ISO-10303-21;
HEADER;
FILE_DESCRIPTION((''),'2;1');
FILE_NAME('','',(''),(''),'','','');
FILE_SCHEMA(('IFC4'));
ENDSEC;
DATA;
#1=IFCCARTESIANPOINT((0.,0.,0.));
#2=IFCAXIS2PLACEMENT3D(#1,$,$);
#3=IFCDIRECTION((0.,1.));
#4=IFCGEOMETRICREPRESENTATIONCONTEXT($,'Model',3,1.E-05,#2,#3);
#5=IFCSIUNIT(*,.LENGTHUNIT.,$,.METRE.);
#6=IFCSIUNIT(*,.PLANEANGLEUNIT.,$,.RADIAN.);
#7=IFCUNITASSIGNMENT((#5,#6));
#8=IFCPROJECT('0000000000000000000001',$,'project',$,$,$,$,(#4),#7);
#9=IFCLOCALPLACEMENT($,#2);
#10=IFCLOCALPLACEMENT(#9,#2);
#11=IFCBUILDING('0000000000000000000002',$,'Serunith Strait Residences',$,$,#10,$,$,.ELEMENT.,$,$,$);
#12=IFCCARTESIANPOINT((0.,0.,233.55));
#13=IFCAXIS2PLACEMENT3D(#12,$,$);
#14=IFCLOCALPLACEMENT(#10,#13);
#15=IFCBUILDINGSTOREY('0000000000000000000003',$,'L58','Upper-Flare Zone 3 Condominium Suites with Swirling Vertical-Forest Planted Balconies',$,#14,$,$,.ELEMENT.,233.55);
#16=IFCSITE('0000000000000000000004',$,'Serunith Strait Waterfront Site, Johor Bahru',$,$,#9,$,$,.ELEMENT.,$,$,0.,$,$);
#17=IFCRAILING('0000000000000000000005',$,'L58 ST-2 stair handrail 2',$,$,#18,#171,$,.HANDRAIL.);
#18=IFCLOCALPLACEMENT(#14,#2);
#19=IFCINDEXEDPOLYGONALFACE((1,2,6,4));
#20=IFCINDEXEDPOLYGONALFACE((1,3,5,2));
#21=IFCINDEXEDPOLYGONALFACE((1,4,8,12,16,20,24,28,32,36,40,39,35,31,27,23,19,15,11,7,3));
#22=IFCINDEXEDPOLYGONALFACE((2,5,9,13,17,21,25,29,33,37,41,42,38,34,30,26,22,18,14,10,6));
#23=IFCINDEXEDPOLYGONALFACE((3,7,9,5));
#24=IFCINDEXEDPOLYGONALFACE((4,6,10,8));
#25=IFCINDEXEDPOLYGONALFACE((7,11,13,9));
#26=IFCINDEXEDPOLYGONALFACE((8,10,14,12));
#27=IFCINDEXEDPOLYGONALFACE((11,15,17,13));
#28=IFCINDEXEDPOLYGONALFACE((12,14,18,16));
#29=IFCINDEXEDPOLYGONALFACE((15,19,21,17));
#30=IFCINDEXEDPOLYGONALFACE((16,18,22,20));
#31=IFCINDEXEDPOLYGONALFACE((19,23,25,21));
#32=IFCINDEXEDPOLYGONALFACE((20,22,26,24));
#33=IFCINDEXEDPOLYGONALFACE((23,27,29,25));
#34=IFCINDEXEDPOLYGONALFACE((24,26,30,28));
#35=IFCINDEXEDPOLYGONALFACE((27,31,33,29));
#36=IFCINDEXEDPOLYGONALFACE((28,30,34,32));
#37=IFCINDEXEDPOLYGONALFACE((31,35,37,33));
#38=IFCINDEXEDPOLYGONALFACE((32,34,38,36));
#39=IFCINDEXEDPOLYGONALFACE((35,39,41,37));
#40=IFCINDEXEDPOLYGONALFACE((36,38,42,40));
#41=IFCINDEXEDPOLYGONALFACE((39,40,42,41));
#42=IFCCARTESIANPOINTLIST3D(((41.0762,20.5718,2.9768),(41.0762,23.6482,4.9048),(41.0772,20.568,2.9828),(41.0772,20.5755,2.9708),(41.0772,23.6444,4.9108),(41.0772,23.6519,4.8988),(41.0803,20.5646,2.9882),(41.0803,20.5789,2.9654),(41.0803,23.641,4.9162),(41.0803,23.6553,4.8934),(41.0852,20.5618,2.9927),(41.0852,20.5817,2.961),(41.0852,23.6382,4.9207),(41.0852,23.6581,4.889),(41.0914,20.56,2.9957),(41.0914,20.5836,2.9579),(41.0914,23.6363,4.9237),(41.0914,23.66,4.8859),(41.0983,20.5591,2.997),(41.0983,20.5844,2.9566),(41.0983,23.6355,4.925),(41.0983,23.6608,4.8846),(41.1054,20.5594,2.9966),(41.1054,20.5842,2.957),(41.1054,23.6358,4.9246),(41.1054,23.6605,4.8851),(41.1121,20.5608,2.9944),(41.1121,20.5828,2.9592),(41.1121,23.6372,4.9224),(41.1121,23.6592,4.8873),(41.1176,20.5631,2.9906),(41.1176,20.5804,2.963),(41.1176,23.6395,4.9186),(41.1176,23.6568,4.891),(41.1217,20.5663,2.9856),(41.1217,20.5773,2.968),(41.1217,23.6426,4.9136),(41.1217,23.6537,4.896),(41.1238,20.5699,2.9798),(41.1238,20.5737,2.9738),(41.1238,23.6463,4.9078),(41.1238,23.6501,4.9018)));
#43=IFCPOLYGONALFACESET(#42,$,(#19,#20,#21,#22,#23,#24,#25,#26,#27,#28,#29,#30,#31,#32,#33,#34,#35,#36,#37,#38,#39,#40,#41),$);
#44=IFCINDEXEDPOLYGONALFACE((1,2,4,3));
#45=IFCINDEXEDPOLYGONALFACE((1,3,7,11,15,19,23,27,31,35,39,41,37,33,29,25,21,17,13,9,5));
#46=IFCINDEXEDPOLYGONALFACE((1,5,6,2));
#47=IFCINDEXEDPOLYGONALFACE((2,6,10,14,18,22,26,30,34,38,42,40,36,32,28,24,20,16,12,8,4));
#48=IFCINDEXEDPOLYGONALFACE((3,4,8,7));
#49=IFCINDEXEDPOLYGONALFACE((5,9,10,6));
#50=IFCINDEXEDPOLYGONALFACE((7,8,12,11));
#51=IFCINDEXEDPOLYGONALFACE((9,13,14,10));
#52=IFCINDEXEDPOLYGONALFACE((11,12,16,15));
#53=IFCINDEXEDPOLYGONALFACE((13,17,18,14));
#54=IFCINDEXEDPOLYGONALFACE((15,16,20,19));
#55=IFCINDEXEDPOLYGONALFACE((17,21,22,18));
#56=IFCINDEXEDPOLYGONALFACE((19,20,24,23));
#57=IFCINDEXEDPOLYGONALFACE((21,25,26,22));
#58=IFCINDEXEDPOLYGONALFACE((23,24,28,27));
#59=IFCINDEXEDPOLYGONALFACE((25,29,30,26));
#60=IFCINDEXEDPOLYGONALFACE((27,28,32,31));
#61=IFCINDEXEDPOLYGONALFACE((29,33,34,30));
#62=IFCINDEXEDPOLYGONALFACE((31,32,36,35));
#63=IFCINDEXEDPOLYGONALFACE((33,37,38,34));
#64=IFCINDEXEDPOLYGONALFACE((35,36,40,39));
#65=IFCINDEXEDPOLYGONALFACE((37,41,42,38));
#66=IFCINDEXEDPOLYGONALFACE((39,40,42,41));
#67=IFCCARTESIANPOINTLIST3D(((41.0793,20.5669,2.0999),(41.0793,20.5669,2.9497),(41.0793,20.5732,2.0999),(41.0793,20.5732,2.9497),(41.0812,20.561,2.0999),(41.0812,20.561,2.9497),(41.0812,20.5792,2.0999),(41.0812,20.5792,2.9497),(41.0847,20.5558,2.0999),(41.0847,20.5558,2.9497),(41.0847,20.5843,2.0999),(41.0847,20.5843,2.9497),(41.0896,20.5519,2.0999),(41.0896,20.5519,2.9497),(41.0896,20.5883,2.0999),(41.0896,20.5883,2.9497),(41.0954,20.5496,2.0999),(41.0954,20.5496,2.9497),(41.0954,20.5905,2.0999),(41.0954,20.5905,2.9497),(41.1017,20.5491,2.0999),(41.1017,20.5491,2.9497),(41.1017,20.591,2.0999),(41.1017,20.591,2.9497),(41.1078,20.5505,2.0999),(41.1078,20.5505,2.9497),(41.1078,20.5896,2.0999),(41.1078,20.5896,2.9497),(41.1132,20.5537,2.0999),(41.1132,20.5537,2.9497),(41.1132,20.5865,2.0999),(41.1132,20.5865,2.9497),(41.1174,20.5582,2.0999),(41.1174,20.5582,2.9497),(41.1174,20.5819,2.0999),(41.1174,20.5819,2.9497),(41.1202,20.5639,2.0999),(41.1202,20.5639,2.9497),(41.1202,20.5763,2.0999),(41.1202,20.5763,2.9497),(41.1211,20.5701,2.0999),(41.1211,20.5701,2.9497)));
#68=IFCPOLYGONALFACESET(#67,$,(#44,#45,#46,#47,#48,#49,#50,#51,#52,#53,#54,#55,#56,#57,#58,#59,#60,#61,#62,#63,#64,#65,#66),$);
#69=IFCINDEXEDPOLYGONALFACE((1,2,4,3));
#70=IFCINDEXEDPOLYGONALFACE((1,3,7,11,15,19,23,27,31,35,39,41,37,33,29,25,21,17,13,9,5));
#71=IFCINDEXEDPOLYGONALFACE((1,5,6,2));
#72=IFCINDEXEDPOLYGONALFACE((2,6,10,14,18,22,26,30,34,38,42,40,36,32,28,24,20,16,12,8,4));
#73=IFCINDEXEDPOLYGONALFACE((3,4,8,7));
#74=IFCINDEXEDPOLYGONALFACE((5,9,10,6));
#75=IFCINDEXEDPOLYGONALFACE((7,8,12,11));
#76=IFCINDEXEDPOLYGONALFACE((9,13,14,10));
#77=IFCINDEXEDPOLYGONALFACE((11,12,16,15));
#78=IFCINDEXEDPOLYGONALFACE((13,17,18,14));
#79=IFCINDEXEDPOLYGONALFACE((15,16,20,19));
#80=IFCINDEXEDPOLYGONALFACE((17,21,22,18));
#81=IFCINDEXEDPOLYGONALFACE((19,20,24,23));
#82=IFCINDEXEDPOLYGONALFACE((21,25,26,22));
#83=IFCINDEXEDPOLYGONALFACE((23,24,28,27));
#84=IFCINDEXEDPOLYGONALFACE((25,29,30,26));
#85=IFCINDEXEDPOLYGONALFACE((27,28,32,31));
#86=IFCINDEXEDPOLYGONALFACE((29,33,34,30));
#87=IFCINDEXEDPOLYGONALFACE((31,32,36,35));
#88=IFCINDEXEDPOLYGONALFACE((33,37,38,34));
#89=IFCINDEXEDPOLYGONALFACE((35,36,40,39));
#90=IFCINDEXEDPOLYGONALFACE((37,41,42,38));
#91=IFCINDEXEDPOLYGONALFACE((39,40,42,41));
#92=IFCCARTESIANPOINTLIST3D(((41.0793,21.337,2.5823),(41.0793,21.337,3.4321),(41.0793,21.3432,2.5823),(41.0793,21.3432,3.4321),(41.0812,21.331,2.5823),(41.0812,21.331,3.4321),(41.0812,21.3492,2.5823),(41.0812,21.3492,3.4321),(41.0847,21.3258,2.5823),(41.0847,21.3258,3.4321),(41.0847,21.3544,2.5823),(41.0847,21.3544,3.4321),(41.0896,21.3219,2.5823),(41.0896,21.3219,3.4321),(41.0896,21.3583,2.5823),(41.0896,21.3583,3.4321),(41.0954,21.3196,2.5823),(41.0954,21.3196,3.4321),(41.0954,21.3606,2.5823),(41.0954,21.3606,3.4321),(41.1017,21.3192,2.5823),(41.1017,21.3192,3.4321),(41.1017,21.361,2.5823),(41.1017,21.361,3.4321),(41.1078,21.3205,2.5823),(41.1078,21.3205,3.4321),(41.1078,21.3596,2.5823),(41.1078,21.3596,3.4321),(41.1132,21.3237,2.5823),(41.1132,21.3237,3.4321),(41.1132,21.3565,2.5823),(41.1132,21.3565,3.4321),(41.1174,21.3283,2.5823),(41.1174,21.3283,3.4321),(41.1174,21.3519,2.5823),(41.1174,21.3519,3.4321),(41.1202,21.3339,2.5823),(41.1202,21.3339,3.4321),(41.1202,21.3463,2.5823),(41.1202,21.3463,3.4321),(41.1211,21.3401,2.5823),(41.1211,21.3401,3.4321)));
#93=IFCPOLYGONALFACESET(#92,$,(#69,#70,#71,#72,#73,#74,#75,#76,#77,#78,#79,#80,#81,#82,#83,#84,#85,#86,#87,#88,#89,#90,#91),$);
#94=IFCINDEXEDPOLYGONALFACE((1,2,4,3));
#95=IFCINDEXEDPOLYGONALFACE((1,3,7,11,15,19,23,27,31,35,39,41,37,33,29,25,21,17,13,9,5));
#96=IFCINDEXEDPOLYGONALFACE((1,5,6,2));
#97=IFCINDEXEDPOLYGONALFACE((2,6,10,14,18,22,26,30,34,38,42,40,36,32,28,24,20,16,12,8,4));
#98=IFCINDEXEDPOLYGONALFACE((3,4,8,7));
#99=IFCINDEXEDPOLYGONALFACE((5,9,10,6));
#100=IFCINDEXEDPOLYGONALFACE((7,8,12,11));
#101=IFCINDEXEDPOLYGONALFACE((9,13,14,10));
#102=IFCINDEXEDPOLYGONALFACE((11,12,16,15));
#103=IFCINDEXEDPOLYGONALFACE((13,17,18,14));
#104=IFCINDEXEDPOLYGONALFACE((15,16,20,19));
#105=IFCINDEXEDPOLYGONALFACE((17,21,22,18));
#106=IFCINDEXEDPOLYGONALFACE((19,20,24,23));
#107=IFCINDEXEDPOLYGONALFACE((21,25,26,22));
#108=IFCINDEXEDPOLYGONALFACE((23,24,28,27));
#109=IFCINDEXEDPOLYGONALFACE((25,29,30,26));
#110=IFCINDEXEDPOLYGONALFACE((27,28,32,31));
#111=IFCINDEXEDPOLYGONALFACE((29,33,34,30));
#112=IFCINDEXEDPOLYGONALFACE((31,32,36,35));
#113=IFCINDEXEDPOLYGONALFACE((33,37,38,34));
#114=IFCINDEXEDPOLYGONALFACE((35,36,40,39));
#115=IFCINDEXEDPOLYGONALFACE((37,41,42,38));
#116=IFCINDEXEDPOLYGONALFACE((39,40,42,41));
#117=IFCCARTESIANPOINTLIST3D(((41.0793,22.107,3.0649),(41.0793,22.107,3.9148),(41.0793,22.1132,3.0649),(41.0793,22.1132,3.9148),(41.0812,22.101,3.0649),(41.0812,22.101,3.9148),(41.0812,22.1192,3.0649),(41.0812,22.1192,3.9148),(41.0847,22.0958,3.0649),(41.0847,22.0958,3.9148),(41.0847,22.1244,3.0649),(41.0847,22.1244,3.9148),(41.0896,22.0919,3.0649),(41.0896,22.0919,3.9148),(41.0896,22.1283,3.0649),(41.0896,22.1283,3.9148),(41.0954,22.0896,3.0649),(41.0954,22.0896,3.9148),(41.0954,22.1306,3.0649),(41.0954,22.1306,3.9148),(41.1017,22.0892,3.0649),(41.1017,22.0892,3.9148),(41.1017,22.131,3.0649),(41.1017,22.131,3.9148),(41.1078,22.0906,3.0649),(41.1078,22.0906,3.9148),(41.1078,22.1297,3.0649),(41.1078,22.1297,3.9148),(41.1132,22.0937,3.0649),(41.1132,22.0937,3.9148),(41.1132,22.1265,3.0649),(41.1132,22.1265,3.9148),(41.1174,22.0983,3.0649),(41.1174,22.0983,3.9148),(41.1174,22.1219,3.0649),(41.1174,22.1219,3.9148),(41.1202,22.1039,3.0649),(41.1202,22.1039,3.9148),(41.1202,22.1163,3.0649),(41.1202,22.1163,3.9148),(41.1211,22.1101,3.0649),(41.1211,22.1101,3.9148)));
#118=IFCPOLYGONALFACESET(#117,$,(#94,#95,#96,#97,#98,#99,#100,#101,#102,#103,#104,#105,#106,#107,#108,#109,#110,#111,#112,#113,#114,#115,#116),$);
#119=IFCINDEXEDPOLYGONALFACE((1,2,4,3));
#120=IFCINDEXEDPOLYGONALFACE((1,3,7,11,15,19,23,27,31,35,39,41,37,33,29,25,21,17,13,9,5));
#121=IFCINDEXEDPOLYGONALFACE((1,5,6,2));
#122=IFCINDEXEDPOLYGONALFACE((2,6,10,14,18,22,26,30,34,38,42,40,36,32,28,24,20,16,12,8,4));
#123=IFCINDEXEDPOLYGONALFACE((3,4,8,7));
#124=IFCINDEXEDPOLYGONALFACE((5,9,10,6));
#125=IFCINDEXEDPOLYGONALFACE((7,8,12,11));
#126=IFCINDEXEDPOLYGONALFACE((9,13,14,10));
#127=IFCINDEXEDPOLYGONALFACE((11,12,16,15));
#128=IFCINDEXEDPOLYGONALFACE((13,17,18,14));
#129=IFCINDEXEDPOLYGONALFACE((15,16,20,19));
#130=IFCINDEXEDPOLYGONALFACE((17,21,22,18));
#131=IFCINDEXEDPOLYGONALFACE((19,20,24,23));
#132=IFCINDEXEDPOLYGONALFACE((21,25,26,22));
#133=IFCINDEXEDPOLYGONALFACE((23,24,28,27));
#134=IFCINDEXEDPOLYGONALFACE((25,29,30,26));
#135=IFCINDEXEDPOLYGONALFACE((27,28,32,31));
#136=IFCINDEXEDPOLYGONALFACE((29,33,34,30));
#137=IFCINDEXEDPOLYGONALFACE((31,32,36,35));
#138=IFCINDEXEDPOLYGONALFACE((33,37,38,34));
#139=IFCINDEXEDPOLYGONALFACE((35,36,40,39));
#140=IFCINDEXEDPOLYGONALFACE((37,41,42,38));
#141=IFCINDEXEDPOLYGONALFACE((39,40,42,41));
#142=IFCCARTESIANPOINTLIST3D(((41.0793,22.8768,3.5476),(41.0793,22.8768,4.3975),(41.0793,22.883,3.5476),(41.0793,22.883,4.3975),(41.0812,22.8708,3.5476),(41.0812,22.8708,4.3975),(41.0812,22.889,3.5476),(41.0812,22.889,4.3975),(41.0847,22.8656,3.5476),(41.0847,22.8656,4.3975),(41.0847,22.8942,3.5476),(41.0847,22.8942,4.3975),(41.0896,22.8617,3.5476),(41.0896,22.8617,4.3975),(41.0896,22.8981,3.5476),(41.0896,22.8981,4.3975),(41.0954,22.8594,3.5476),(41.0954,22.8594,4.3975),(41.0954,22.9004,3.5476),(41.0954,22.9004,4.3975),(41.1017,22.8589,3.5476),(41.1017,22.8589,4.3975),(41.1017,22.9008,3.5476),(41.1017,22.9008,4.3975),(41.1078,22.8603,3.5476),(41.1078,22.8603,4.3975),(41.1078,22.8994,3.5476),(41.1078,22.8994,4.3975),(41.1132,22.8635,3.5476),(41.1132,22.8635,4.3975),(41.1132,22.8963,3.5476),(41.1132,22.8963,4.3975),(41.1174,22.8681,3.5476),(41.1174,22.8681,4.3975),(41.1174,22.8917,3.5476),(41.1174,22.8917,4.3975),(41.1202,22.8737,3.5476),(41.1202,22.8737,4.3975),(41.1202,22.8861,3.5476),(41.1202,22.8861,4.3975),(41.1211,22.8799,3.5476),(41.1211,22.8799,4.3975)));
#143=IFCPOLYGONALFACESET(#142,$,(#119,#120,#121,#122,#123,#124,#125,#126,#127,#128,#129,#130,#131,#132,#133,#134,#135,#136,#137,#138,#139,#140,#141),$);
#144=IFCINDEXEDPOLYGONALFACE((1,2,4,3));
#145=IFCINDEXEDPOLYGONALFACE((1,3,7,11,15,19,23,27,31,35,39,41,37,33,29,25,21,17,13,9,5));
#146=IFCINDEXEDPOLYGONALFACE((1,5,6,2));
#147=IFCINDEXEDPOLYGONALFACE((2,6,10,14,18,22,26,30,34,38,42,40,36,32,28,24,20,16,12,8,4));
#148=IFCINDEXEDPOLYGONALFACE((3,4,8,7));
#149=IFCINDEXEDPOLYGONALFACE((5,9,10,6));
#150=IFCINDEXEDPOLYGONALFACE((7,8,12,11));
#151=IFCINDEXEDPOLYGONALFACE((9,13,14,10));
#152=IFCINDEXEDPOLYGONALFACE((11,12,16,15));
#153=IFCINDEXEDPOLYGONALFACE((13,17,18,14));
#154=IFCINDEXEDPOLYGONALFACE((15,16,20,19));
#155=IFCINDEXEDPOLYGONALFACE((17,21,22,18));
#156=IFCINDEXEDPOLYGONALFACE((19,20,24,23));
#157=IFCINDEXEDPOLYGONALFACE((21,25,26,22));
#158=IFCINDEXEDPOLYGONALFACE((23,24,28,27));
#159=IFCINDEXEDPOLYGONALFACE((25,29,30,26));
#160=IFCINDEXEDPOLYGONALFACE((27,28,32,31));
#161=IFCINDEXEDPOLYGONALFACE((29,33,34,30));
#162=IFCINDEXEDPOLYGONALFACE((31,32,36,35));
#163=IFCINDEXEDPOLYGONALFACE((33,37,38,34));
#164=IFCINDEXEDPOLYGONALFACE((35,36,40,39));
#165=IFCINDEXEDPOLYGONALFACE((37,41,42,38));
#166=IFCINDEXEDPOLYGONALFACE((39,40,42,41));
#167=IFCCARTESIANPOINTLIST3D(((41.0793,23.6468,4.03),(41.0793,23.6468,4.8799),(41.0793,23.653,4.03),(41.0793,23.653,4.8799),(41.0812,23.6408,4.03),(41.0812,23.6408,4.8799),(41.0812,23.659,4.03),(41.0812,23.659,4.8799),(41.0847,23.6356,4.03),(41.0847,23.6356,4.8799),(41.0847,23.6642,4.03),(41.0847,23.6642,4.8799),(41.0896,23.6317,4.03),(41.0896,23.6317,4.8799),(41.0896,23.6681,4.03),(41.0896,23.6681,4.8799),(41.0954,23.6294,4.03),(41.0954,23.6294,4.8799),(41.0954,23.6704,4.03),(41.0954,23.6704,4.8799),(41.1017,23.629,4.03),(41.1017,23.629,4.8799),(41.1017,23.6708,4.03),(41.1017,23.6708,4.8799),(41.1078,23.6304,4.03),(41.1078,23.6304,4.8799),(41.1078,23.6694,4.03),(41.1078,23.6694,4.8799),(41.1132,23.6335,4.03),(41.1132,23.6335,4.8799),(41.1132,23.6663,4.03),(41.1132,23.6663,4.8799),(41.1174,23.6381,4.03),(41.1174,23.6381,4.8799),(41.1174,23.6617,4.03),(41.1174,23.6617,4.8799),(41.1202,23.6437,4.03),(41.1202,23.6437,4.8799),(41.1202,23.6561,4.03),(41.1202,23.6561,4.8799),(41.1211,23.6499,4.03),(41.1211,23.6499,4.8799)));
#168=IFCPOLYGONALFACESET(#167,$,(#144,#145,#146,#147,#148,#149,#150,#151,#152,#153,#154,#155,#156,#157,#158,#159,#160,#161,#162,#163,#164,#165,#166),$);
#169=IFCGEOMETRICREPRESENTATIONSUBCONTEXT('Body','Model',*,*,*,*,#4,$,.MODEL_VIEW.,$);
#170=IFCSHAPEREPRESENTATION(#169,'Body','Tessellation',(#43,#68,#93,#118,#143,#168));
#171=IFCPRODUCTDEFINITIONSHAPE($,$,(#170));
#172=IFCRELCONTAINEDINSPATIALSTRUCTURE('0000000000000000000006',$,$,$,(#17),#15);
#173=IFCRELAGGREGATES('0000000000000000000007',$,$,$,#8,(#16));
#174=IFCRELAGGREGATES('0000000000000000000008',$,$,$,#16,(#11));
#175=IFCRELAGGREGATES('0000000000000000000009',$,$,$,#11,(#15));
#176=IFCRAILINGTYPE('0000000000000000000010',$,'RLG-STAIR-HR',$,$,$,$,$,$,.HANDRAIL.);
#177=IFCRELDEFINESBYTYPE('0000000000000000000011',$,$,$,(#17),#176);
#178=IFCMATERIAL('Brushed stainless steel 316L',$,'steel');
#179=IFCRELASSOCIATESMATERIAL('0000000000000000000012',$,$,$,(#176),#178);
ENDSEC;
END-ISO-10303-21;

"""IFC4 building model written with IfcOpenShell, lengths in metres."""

from ifc_helpers import new_model, si_unit, direction, frame, origin, origin_2d, place, context, subcontext, project, spatial, circle, extrude, material, type_object, element, save


model = new_model("IFC4")

# Units and contexts
model_context = context("Model", 3, precision=1e-05, world=origin(), true_north=direction((0.0, 1.0)))
body_context = subcontext(model_context, "Body", "Model", "MODEL_VIEW")
ifc_project = project(units=[si_unit("LENGTHUNIT", "METRE"), si_unit("PLANEANGLEUNIT", "RADIAN")], contexts=[model_context])

# Site, building, storey
site_placement = place(None, origin())
site = spatial("IfcSite", under=ifc_project, at=site_placement, Name="Serunith Strait Waterfront Site, Johor Bahru", CompositionType="ELEMENT", RefElevation=0.0)
building_placement = place(site_placement, origin())
building = spatial("IfcBuilding", under=site, at=building_placement, Name="Serunith Strait Residences", CompositionType="ELEMENT")
storey_placement = place(building_placement, frame((0.0, 0.0, 233.55)))
storey = spatial("IfcBuildingStorey", under=building, at=storey_placement, Name="L58", Description="Upper-Flare Zone 3 Condominium Suites with Swirling Vertical-Forest Planted Balconies", CompositionType="ELEMENT", Elevation=233.55)

# Railing
ifc_material_1 = material(Name="Brushed stainless steel 316L", Category="steel")
railing_type_1 = type_object("IfcRailingType", Name="RLG-STAIR-HR", PredefinedType="HANDRAIL", material=ifc_material_1)
railing_1_placement = place(storey_placement, frame((41.1001, 20.5701, 2.0999)))
element("IfcRailing", 1, at=railing_1_placement, inside=storey, type_object=railing_type_1, Name="L58 ST-2 stair handrail 2", PredefinedType="HANDRAIL", context=body_context, shape_type="SweptSolid", body=[
    extrude(circle(Radius=0.0239, at=origin_2d()), frame((0.0, 0.0017, 0.877), z_axis=(0.0, 0.847345, 0.531043), x_axis=(-1.0, 0.0, 0.0)), (0.0, 0.0, 1.0), 3.6306),
    extrude(circle(Radius=0.021, at=origin_2d()), origin(), (0.0, 0.0, 1.0), 0.8499),
    extrude(circle(Radius=0.021, at=origin_2d()), frame((0.0, 0.77, 0.4824)), (0.0, 0.0, 1.0), 0.8499),
    extrude(circle(Radius=0.021, at=origin_2d()), frame((0.0, 1.54, 0.9651)), (0.0, 0.0, 1.0), 0.8499),
    extrude(circle(Radius=0.021, at=origin_2d()), frame((0.0, 2.3098, 1.4478)), (0.0, 0.0, 1.0), 0.8499),
    extrude(circle(Radius=0.021, at=origin_2d()), frame((0.0, 3.0798, 1.9302)), (0.0, 0.0, 1.0), 0.8499),
])

save(model, "model.ifc")
